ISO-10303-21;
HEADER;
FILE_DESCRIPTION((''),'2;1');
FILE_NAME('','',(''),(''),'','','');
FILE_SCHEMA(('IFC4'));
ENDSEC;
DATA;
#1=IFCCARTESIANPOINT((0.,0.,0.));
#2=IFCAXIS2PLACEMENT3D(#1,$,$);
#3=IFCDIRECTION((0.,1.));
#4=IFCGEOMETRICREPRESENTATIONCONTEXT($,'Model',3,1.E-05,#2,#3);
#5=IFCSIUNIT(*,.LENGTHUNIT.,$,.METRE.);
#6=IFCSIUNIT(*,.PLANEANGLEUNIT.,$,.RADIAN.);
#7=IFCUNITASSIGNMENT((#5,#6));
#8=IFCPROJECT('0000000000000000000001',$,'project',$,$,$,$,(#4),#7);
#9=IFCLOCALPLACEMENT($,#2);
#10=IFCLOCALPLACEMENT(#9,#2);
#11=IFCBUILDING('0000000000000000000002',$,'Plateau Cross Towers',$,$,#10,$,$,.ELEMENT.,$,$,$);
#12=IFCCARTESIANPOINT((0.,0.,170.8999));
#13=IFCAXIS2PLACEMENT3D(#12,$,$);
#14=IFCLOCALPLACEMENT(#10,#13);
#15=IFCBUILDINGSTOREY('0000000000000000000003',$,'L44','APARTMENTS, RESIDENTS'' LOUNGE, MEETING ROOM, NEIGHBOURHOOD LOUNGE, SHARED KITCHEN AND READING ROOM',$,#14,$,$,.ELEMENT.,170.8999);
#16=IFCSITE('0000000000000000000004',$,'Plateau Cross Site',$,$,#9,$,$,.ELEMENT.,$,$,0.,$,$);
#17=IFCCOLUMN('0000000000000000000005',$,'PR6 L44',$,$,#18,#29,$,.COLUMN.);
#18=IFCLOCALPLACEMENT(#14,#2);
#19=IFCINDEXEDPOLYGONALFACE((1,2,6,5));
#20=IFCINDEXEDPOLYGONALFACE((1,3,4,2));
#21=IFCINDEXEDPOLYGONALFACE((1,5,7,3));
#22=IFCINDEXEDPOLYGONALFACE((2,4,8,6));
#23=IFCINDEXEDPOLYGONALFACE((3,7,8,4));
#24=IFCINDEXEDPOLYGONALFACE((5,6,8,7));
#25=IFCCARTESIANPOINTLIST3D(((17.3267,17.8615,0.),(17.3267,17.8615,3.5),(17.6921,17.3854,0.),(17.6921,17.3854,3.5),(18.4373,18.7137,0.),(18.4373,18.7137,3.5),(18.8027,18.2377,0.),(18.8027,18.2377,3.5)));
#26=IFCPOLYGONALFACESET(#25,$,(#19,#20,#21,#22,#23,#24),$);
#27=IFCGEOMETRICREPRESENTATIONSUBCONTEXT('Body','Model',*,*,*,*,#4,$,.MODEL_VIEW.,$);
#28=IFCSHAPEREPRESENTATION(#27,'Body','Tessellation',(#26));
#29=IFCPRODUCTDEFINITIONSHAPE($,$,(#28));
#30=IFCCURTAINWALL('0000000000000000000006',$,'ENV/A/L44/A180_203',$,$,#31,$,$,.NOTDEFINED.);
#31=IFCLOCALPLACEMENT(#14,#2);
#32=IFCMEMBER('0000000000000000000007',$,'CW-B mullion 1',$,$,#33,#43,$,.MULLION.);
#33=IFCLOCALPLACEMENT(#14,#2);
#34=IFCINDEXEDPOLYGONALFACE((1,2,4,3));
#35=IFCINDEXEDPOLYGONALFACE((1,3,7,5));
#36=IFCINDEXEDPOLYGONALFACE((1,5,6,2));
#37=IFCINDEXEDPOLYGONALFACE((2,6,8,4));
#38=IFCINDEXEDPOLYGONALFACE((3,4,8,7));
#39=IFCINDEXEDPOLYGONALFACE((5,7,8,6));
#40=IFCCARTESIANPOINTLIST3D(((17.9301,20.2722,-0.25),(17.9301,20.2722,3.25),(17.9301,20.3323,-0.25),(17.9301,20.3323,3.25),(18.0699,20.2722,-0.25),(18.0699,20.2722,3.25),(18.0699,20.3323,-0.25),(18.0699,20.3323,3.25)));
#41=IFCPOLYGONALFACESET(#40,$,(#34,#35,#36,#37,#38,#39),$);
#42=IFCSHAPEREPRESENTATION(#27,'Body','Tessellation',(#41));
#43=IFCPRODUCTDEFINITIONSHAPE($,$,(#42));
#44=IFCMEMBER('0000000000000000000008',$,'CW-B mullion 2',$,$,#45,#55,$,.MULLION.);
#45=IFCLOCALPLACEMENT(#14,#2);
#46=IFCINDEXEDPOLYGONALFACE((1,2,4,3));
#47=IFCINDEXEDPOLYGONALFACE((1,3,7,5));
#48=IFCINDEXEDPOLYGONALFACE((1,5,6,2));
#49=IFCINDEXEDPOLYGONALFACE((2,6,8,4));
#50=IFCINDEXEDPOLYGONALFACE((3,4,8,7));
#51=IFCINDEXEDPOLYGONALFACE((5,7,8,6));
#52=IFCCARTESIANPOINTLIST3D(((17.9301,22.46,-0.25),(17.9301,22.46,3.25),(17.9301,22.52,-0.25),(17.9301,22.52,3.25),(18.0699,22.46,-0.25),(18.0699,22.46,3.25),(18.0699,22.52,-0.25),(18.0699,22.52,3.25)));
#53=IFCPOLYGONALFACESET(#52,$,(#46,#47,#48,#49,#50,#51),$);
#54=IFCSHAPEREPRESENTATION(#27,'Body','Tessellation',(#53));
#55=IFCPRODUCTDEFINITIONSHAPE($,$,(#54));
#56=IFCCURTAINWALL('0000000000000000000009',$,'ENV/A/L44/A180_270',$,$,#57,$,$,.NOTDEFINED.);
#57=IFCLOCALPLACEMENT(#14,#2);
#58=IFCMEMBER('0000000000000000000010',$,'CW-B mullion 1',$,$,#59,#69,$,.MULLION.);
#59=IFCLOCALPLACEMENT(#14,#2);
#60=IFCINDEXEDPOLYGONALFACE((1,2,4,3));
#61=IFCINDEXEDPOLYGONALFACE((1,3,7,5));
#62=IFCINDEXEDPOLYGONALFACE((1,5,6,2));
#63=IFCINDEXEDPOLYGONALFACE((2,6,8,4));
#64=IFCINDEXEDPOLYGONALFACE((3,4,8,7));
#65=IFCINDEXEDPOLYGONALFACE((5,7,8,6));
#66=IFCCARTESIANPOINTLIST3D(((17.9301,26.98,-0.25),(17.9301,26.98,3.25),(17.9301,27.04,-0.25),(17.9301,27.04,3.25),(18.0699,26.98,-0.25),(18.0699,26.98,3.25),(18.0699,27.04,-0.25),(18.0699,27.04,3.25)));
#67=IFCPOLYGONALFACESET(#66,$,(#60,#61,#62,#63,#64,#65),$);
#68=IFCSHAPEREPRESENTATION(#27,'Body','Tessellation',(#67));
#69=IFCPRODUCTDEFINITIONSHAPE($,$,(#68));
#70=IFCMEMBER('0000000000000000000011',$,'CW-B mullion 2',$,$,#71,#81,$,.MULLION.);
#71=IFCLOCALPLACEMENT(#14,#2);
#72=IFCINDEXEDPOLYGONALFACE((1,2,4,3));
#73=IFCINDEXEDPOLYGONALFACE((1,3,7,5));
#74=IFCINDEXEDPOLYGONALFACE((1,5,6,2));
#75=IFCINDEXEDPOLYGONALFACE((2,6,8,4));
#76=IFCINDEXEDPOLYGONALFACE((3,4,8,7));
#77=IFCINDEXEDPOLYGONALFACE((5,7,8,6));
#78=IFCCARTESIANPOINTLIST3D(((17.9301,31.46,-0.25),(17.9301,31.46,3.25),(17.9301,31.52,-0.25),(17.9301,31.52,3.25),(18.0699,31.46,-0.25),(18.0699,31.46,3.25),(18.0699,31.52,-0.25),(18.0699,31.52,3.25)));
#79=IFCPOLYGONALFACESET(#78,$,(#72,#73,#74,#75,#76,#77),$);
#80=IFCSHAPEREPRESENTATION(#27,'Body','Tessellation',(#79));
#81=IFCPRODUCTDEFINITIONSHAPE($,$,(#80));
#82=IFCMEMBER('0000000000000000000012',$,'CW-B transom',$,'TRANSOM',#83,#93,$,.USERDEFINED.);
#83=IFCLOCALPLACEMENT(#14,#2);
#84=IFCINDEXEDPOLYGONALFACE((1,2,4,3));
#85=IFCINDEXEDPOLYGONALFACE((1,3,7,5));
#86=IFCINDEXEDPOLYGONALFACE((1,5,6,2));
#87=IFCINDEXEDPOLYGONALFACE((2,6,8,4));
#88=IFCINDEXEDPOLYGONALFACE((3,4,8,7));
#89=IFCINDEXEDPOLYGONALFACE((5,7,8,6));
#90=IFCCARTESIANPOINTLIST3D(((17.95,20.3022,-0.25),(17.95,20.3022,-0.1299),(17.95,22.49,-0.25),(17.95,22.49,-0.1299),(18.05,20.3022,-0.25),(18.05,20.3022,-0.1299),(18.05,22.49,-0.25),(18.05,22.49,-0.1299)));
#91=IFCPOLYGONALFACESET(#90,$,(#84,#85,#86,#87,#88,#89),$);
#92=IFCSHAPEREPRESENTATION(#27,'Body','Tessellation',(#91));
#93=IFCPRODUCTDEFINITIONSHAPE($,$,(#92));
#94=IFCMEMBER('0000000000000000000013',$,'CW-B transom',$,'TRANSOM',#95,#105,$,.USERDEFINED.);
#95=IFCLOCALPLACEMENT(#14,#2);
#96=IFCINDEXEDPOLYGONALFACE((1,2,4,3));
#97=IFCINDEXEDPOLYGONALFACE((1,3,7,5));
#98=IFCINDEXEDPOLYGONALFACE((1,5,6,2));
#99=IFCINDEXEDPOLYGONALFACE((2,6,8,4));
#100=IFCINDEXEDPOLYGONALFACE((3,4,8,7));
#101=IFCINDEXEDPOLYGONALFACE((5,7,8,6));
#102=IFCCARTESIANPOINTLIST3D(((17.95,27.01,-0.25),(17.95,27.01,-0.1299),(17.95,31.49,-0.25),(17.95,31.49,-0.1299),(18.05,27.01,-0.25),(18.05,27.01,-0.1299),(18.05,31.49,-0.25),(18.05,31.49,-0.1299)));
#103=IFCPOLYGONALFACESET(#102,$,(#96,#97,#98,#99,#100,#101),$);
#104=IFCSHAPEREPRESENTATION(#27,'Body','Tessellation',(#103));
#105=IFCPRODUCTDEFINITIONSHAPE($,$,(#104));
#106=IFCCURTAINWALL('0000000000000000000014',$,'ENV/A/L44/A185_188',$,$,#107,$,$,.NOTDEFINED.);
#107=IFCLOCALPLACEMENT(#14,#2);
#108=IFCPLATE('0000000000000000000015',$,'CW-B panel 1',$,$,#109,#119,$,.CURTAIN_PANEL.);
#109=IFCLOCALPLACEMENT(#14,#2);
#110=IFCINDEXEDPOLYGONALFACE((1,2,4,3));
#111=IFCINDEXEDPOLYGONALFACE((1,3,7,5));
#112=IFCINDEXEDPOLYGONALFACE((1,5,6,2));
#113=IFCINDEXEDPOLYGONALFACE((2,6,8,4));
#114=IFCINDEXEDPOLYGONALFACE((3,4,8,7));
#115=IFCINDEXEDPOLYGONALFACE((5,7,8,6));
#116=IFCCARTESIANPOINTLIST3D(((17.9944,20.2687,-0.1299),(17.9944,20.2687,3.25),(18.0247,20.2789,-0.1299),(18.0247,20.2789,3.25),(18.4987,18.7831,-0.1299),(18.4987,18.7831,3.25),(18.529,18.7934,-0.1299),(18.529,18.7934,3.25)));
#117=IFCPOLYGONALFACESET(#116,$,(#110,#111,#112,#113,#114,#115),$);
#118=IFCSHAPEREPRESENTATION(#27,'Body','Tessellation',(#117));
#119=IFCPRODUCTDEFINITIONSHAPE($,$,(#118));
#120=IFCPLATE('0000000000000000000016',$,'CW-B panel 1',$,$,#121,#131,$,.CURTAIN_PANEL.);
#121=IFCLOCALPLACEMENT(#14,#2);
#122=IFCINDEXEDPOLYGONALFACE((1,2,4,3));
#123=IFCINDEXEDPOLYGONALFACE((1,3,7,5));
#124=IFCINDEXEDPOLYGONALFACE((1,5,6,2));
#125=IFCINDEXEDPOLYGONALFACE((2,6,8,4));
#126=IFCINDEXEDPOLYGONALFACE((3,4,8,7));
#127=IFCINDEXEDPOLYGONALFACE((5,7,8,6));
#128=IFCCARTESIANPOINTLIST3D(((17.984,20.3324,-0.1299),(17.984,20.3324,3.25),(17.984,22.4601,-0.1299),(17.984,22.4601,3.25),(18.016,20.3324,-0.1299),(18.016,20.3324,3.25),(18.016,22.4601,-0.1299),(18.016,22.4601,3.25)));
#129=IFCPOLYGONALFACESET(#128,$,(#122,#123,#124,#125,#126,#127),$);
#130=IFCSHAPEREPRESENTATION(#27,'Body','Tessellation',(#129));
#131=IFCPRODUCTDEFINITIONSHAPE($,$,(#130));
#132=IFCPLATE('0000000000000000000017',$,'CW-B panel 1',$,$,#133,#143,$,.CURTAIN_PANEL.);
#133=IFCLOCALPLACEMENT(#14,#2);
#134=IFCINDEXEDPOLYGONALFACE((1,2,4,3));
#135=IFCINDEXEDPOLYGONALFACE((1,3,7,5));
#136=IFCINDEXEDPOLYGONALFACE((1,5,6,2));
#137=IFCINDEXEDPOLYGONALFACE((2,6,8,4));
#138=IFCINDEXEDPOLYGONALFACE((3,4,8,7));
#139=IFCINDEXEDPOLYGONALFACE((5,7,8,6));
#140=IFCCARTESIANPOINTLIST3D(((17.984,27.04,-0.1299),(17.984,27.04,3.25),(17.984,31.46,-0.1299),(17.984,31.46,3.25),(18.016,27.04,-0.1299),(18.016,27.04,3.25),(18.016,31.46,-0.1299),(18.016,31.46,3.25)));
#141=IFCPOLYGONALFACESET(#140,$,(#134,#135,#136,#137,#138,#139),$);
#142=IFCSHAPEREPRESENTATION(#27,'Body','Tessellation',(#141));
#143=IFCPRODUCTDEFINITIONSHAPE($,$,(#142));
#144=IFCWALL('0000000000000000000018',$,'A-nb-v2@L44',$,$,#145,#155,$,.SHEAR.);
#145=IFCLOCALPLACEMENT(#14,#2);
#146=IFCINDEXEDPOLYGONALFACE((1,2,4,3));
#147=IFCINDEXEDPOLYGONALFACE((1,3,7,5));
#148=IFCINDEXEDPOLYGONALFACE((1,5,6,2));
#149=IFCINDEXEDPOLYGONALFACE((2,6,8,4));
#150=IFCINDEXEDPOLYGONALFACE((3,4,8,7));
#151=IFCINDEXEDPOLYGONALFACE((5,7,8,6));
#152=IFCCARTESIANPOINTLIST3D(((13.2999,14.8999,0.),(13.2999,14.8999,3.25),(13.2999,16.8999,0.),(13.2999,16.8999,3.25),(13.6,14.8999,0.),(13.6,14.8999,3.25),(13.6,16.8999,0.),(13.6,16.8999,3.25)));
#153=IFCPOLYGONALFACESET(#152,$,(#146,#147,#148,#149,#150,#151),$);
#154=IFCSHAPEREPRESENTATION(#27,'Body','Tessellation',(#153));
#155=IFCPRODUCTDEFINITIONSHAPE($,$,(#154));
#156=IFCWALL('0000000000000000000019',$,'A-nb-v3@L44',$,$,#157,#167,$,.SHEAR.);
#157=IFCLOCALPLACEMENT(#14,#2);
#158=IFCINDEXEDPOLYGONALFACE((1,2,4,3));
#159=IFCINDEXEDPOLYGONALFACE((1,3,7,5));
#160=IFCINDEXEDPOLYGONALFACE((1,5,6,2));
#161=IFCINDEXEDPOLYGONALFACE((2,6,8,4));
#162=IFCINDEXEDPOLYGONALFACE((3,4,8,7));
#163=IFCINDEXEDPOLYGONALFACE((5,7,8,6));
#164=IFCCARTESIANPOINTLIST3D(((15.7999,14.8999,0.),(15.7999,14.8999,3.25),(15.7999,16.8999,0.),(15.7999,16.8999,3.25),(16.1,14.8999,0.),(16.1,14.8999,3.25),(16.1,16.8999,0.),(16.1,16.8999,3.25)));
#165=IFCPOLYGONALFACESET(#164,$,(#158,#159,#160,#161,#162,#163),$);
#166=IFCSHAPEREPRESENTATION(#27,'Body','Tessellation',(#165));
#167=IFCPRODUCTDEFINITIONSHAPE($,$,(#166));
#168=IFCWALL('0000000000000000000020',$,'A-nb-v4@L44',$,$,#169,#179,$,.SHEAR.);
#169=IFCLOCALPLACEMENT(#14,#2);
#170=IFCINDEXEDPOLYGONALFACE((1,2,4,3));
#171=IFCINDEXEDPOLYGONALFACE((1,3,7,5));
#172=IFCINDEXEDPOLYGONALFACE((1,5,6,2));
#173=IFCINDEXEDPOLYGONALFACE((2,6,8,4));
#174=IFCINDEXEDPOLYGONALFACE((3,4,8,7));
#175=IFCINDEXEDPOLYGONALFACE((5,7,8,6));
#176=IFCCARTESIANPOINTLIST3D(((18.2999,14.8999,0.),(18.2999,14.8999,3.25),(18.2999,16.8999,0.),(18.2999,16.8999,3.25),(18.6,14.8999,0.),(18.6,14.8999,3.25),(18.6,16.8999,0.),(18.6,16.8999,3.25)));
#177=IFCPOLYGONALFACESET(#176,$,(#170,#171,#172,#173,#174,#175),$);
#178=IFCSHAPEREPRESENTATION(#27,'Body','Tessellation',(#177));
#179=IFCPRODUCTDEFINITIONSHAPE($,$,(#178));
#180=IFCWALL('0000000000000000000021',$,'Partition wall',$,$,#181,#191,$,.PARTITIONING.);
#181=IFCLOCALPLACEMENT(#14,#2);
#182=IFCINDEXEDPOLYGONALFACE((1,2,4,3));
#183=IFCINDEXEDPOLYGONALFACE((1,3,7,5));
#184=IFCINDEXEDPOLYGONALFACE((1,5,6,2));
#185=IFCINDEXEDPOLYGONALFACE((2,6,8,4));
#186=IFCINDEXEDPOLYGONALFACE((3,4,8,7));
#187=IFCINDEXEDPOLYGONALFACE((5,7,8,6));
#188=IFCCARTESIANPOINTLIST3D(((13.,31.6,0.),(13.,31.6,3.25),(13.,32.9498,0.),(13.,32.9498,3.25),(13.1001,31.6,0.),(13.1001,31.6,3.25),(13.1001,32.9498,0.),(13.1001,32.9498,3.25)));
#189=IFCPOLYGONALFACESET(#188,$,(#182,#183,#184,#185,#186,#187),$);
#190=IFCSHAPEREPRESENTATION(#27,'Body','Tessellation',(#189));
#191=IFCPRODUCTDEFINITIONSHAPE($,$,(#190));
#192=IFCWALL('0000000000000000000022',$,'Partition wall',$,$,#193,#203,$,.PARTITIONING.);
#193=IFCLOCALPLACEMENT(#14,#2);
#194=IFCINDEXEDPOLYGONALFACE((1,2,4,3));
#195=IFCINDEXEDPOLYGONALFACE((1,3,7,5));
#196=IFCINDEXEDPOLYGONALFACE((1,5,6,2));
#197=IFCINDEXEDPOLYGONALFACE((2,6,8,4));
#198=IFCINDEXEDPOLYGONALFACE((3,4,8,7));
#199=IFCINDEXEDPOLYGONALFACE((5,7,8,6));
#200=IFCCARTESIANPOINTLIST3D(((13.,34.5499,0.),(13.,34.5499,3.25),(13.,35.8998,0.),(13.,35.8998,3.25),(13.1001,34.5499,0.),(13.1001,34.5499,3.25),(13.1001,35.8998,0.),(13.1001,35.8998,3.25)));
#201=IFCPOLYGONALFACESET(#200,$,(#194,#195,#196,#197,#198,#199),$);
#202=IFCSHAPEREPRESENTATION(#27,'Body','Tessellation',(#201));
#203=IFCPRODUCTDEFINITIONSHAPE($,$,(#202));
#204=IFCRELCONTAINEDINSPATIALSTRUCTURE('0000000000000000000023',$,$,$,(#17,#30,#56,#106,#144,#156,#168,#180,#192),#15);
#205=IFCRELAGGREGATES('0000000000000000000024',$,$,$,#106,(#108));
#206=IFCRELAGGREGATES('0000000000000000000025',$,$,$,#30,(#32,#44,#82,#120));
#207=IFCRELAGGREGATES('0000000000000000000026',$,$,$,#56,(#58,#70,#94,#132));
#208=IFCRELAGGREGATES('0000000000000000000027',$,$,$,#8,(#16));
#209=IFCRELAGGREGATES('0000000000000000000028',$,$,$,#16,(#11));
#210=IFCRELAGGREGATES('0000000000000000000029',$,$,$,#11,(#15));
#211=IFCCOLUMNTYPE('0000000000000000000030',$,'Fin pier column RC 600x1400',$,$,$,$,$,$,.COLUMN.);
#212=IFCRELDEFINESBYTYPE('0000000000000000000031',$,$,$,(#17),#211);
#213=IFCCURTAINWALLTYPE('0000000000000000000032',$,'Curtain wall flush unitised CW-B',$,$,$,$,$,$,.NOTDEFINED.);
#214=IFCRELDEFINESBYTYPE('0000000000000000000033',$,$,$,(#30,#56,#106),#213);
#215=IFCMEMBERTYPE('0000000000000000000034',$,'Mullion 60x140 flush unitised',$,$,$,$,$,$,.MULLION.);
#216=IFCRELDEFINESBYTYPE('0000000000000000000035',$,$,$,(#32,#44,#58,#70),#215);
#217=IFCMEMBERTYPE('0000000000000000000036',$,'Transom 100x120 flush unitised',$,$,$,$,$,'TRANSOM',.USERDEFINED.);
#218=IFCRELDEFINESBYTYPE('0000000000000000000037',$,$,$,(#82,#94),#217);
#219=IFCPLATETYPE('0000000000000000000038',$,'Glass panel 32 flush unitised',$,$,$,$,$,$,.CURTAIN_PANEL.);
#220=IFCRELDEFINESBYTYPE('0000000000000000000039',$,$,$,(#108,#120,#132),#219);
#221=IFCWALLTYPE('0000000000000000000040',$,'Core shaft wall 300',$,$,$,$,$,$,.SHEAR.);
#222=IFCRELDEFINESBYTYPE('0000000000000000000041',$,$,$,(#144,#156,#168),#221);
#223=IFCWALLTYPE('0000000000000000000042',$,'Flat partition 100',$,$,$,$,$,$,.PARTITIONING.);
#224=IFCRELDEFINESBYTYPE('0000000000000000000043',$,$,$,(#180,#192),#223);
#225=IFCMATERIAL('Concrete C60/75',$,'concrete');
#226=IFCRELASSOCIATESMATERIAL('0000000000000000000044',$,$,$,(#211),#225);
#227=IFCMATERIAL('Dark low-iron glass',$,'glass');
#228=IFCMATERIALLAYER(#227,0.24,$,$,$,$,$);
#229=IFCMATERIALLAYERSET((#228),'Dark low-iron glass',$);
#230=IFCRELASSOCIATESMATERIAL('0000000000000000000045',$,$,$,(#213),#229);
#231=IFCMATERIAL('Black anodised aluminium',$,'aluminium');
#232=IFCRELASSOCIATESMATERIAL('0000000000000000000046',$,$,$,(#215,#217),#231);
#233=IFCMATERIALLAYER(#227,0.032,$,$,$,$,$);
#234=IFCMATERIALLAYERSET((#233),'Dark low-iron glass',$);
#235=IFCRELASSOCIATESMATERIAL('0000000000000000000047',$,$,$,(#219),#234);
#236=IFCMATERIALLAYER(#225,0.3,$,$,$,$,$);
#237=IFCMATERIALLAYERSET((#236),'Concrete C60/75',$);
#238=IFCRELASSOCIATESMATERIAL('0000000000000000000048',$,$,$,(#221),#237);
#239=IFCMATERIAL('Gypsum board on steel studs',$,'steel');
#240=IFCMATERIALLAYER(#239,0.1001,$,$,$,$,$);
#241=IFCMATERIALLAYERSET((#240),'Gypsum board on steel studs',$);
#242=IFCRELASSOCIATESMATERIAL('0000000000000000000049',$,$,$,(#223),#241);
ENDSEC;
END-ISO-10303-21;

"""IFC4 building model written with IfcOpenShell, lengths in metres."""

from ifc_helpers import new_model, si_unit, direction, frame, frame_2d, origin, origin_2d, place, context, subcontext, project, spatial, rectangle, extrude, material, layer, layer_set, material_profile, profile_set, type_object, element, aggregate, save


model = new_model("IFC4")

# Units and contexts
model_context = context("Model", 3, precision=1e-05, world=origin(), true_north=direction((0.0, 1.0)))
body_context = subcontext(model_context, "Body", "Model", "MODEL_VIEW")
ifc_project = project(units=[si_unit("LENGTHUNIT", "METRE"), si_unit("PLANEANGLEUNIT", "RADIAN")], contexts=[model_context])

# Site, building, storey
site_placement = place(None, origin())
site = spatial("IfcSite", under=ifc_project, at=site_placement, Name="Plateau Cross Site", CompositionType="ELEMENT", RefElevation=0.0)
building_placement = place(site_placement, origin())
building = spatial("IfcBuilding", under=site, at=building_placement, Name="Plateau Cross Towers", CompositionType="ELEMENT")
storey_placement = place(building_placement, frame((0.0, 0.0, 170.8999)))
storey = spatial("IfcBuildingStorey", under=building, at=storey_placement, Name="L44", Description="APARTMENTS, RESIDENTS' LOUNGE, MEETING ROOM, NEIGHBOURHOOD LOUNGE, SHARED KITCHEN AND READING ROOM", CompositionType="ELEMENT", Elevation=170.8999)

# Column
ifc_material_1 = material(Name="Concrete C60/75", Category="concrete")
ifc_material_profile_1 = material_profile(ifc_material_1, rectangle(XDim=0.6001, YDim=1.3999, at=origin_2d()), Name="RC 600x1400")
ifc_profile_set_1 = profile_set([ifc_material_profile_1], Name="Concrete C60/75")
column_type = type_object("IfcColumnType", Name="Fin pier column RC 600x1400", PredefinedType="COLUMN", material=ifc_profile_set_1)
column_placement = place(storey_placement, frame((18.0647, 18.0496, 0.0), z_axis=(0.0, 0.0, 1.0), x_axis=(-0.608811, 0.793315, 0.0)))
element("IfcColumn", 1, at=column_placement, inside=storey, type_object=column_type, Name="PR6 L44", PredefinedType="COLUMN", context=body_context, shape_type="SweptSolid", body=[
    extrude(rectangle(XDim=0.6001, YDim=1.3999, at=origin_2d()), origin(), (0.0, 0.0, 1.0), 3.5),
])

# Curtain walls, members
ifc_material_2 = material(Name="Dark low-iron glass", Category="glass")
ifc_layer_1 = layer(ifc_material_2, 0.24)
ifc_layer_set_1 = layer_set([ifc_layer_1], Name="Dark low-iron glass")
curtain_wall_type = type_object("IfcCurtainWallType", Name="Curtain wall flush unitised CW-B", PredefinedType="NOTDEFINED", material=ifc_layer_set_1)
curtain_wall_1_placement = place(storey_placement, origin())
curtain_wall_1 = element("IfcCurtainWall", 2, at=curtain_wall_1_placement, inside=storey, type_object=curtain_wall_type, Name="ENV/A/L44/A180_203", PredefinedType="NOTDEFINED")
ifc_material_3 = material(Name="Black anodised aluminium", Category="aluminium")
ifc_material_profile_2 = material_profile(ifc_material_3, rectangle(XDim=0.0601, YDim=0.1399, at=origin_2d()), Name="MULLION 60x140")
ifc_profile_set_2 = profile_set([ifc_material_profile_2], Name="Black anodised aluminium")
member_type_1 = type_object("IfcMemberType", Name="Mullion 60x140 flush unitised", PredefinedType="MULLION", material=ifc_profile_set_2)
member_1_placement = place(storey_placement, frame((18.0, 20.3022, -0.25), z_axis=(0.0, 0.0, 1.0), x_axis=(0.0, 1.0, 0.0)))
member_1 = element("IfcMember", 3, at=member_1_placement, type_object=member_type_1, Name="CW-B mullion 1", PredefinedType="MULLION", context=body_context, shape_type="SweptSolid", body=[
    extrude(rectangle(XDim=0.0601, YDim=0.1399, at=origin_2d()), origin(), (0.0, 0.0, 1.0), 3.5),
])
member_2_placement = place(storey_placement, frame((18.0, 22.49, -0.25), z_axis=(0.0, 0.0, 1.0), x_axis=(0.0, 1.0, 0.0)))
member_2 = element("IfcMember", 4, at=member_2_placement, type_object=member_type_1, Name="CW-B mullion 2", PredefinedType="MULLION", context=body_context, shape_type="SweptSolid", body=[
    extrude(rectangle(XDim=0.0601, YDim=0.1399, at=origin_2d()), origin(), (0.0, 0.0, 1.0), 3.5),
])
curtain_wall_2_placement = place(storey_placement, origin())
curtain_wall_2 = element("IfcCurtainWall", 5, at=curtain_wall_2_placement, inside=storey, type_object=curtain_wall_type, Name="ENV/A/L44/A180_270", PredefinedType="NOTDEFINED")
member_3_placement = place(storey_placement, frame((18.0, 27.01, -0.25), z_axis=(0.0, 0.0, 1.0), x_axis=(0.0, 1.0, 0.0)))
member_3 = element("IfcMember", 6, at=member_3_placement, type_object=member_type_1, Name="CW-B mullion 1", PredefinedType="MULLION", context=body_context, shape_type="SweptSolid", body=[
    extrude(rectangle(XDim=0.0601, YDim=0.1399, at=origin_2d()), origin(), (0.0, 0.0, 1.0), 3.5),
])
member_4_placement = place(storey_placement, frame((18.0, 31.49, -0.25), z_axis=(0.0, 0.0, 1.0), x_axis=(0.0, 1.0, 0.0)))
member_4 = element("IfcMember", 7, at=member_4_placement, type_object=member_type_1, Name="CW-B mullion 2", PredefinedType="MULLION", context=body_context, shape_type="SweptSolid", body=[
    extrude(rectangle(XDim=0.0601, YDim=0.1399, at=origin_2d()), origin(), (0.0, 0.0, 1.0), 3.5),
])

# Members
ifc_material_profile_3 = material_profile(ifc_material_3, rectangle(XDim=0.1001, YDim=0.1201, at=origin_2d()), Name="TRANSOM 100x120")
ifc_profile_set_3 = profile_set([ifc_material_profile_3], Name="Black anodised aluminium")
member_type_2 = type_object("IfcMemberType", Name="Transom 100x120 flush unitised", ElementType="TRANSOM", PredefinedType="USERDEFINED", material=ifc_profile_set_3)
member_5_placement = place(storey_placement, frame((18.0, 20.3022, -0.1899), z_axis=(0.0, 1.0, 0.0), x_axis=(-1.0, 0.0, 0.0)))
member_5 = element("IfcMember", 8, at=member_5_placement, type_object=member_type_2, Name="CW-B transom", ObjectType="TRANSOM", PredefinedType="USERDEFINED", context=body_context, shape_type="SweptSolid", body=[
    extrude(rectangle(XDim=0.1001, YDim=0.1201, at=origin_2d()), origin(), (0.0, 0.0, 1.0), 2.1877),
])
member_6_placement = place(storey_placement, frame((18.0, 27.01, -0.1899), z_axis=(0.0, 1.0, 0.0), x_axis=(-1.0, 0.0, 0.0)))
member_6 = element("IfcMember", 9, at=member_6_placement, type_object=member_type_2, Name="CW-B transom", ObjectType="TRANSOM", PredefinedType="USERDEFINED", context=body_context, shape_type="SweptSolid", body=[
    extrude(rectangle(XDim=0.1001, YDim=0.1201, at=origin_2d()), origin(), (0.0, 0.0, 1.0), 4.48),
])

# Curtain wall, plate
curtain_wall_3_placement = place(storey_placement, origin())
curtain_wall_3 = element("IfcCurtainWall", 10, at=curtain_wall_3_placement, inside=storey, type_object=curtain_wall_type, Name="ENV/A/L44/A185_188", PredefinedType="NOTDEFINED")
ifc_layer_2 = layer(ifc_material_2, 0.032)
ifc_layer_set_2 = layer_set([ifc_layer_2], Name="Dark low-iron glass")
plate_type = type_object("IfcPlateType", Name="Glass panel 32 flush unitised", PredefinedType="CURTAIN_PANEL", material=ifc_layer_set_2)
plate_1_placement = place(storey_placement, frame((18.2617, 19.531, -0.1299), z_axis=(0.0, 0.0, 1.0), x_axis=(-0.321469, 0.94692, 0.0)))
plate_1 = element("IfcPlate", 11, at=plate_1_placement, type_object=plate_type, Name="CW-B panel 1", PredefinedType="CURTAIN_PANEL", context=body_context, shape_type="SweptSolid", body=[
    extrude(rectangle(XDim=1.5688, YDim=0.032, at=origin_2d()), origin(), (0.0, 0.0, 1.0), 3.3799),
])
aggregate(curtain_wall_3, [plate_1])

# Plates
plate_2_placement = place(storey_placement, frame((18.0, 21.3962, -0.1299), z_axis=(0.0, 0.0, 1.0), x_axis=(0.0, 1.0, 0.0)))
plate_2 = element("IfcPlate", 12, at=plate_2_placement, type_object=plate_type, Name="CW-B panel 1", PredefinedType="CURTAIN_PANEL", context=body_context, shape_type="SweptSolid", body=[
    extrude(rectangle(XDim=2.1277, YDim=0.032, at=origin_2d()), origin(), (0.0, 0.0, 1.0), 3.3799),
])
aggregate(curtain_wall_1, [member_1, member_2, member_5, plate_2])
plate_3_placement = place(storey_placement, frame((18.0, 29.25, -0.1299), z_axis=(0.0, 0.0, 1.0), x_axis=(0.0, 1.0, 0.0)))
plate_3 = element("IfcPlate", 13, at=plate_3_placement, type_object=plate_type, Name="CW-B panel 1", PredefinedType="CURTAIN_PANEL", context=body_context, shape_type="SweptSolid", body=[
    extrude(rectangle(XDim=4.4199, YDim=0.032, at=origin_2d()), origin(), (0.0, 0.0, 1.0), 3.3799),
])
aggregate(curtain_wall_2, [member_3, member_4, member_6, plate_3])

# Walls
ifc_layer_3 = layer(ifc_material_1, 0.3)
ifc_layer_set_3 = layer_set([ifc_layer_3], Name="Concrete C60/75")
wall_type_1 = type_object("IfcWallType", Name="Core shaft wall 300", PredefinedType="SHEAR", material=ifc_layer_set_3)
for number, where, z_axis, x_axis, name in (
    (14, (13.45, 14.8999, 0.0), (0.0, 0.0, 1.0), (0.0, 1.0, 0.0), "A-nb-v2@L44"),
    (15, (15.95, 14.8999, 0.0), (0.0, 0.0, 1.0), (0.0, 1.0, 0.0), "A-nb-v3@L44"),
    (16, (18.45, 14.8999, 0.0), (0.0, 0.0, 1.0), (0.0, 1.0, 0.0), "A-nb-v4@L44"),
):
    element("IfcWall", number, at=place(storey_placement, frame(where, z_axis=z_axis, x_axis=x_axis)), inside=storey, type_object=wall_type_1, Name=name, PredefinedType="SHEAR", context=body_context, shape_type="SweptSolid", body=[
        extrude(rectangle(XDim=2.0, YDim=0.3, at=frame_2d((1.0, 0.0))), origin(), (0.0, 0.0, 1.0), 3.25),
    ])
ifc_material_4 = material(Name="Gypsum board on steel studs", Category="steel")
ifc_layer_4 = layer(ifc_material_4, 0.1001)
ifc_layer_set_4 = layer_set([ifc_layer_4], Name="Gypsum board on steel studs")
wall_type_2 = type_object("IfcWallType", Name="Flat partition 100", PredefinedType="PARTITIONING", material=ifc_layer_set_4)
for number, where, z_axis, x_axis, name in (
    (17, (13.05, 31.6001, 0.0), (0.0, 0.0, 1.0), (0.0, 1.0, 0.0), "Partition wall"),
    (18, (13.05, 34.55, 0.0), (0.0, 0.0, 1.0), (0.0, 1.0, 0.0), "Partition wall"),
):
    element("IfcWall", number, at=place(storey_placement, frame(where, z_axis=z_axis, x_axis=x_axis)), inside=storey, type_object=wall_type_2, Name=name, PredefinedType="PARTITIONING", context=body_context, shape_type="SweptSolid", body=[
        extrude(rectangle(XDim=1.3499, YDim=0.1001, at=frame_2d((0.6748, 0.0))), origin(), (0.0, 0.0, 1.0), 3.25),
    ])

save(model, "model.ifc")
